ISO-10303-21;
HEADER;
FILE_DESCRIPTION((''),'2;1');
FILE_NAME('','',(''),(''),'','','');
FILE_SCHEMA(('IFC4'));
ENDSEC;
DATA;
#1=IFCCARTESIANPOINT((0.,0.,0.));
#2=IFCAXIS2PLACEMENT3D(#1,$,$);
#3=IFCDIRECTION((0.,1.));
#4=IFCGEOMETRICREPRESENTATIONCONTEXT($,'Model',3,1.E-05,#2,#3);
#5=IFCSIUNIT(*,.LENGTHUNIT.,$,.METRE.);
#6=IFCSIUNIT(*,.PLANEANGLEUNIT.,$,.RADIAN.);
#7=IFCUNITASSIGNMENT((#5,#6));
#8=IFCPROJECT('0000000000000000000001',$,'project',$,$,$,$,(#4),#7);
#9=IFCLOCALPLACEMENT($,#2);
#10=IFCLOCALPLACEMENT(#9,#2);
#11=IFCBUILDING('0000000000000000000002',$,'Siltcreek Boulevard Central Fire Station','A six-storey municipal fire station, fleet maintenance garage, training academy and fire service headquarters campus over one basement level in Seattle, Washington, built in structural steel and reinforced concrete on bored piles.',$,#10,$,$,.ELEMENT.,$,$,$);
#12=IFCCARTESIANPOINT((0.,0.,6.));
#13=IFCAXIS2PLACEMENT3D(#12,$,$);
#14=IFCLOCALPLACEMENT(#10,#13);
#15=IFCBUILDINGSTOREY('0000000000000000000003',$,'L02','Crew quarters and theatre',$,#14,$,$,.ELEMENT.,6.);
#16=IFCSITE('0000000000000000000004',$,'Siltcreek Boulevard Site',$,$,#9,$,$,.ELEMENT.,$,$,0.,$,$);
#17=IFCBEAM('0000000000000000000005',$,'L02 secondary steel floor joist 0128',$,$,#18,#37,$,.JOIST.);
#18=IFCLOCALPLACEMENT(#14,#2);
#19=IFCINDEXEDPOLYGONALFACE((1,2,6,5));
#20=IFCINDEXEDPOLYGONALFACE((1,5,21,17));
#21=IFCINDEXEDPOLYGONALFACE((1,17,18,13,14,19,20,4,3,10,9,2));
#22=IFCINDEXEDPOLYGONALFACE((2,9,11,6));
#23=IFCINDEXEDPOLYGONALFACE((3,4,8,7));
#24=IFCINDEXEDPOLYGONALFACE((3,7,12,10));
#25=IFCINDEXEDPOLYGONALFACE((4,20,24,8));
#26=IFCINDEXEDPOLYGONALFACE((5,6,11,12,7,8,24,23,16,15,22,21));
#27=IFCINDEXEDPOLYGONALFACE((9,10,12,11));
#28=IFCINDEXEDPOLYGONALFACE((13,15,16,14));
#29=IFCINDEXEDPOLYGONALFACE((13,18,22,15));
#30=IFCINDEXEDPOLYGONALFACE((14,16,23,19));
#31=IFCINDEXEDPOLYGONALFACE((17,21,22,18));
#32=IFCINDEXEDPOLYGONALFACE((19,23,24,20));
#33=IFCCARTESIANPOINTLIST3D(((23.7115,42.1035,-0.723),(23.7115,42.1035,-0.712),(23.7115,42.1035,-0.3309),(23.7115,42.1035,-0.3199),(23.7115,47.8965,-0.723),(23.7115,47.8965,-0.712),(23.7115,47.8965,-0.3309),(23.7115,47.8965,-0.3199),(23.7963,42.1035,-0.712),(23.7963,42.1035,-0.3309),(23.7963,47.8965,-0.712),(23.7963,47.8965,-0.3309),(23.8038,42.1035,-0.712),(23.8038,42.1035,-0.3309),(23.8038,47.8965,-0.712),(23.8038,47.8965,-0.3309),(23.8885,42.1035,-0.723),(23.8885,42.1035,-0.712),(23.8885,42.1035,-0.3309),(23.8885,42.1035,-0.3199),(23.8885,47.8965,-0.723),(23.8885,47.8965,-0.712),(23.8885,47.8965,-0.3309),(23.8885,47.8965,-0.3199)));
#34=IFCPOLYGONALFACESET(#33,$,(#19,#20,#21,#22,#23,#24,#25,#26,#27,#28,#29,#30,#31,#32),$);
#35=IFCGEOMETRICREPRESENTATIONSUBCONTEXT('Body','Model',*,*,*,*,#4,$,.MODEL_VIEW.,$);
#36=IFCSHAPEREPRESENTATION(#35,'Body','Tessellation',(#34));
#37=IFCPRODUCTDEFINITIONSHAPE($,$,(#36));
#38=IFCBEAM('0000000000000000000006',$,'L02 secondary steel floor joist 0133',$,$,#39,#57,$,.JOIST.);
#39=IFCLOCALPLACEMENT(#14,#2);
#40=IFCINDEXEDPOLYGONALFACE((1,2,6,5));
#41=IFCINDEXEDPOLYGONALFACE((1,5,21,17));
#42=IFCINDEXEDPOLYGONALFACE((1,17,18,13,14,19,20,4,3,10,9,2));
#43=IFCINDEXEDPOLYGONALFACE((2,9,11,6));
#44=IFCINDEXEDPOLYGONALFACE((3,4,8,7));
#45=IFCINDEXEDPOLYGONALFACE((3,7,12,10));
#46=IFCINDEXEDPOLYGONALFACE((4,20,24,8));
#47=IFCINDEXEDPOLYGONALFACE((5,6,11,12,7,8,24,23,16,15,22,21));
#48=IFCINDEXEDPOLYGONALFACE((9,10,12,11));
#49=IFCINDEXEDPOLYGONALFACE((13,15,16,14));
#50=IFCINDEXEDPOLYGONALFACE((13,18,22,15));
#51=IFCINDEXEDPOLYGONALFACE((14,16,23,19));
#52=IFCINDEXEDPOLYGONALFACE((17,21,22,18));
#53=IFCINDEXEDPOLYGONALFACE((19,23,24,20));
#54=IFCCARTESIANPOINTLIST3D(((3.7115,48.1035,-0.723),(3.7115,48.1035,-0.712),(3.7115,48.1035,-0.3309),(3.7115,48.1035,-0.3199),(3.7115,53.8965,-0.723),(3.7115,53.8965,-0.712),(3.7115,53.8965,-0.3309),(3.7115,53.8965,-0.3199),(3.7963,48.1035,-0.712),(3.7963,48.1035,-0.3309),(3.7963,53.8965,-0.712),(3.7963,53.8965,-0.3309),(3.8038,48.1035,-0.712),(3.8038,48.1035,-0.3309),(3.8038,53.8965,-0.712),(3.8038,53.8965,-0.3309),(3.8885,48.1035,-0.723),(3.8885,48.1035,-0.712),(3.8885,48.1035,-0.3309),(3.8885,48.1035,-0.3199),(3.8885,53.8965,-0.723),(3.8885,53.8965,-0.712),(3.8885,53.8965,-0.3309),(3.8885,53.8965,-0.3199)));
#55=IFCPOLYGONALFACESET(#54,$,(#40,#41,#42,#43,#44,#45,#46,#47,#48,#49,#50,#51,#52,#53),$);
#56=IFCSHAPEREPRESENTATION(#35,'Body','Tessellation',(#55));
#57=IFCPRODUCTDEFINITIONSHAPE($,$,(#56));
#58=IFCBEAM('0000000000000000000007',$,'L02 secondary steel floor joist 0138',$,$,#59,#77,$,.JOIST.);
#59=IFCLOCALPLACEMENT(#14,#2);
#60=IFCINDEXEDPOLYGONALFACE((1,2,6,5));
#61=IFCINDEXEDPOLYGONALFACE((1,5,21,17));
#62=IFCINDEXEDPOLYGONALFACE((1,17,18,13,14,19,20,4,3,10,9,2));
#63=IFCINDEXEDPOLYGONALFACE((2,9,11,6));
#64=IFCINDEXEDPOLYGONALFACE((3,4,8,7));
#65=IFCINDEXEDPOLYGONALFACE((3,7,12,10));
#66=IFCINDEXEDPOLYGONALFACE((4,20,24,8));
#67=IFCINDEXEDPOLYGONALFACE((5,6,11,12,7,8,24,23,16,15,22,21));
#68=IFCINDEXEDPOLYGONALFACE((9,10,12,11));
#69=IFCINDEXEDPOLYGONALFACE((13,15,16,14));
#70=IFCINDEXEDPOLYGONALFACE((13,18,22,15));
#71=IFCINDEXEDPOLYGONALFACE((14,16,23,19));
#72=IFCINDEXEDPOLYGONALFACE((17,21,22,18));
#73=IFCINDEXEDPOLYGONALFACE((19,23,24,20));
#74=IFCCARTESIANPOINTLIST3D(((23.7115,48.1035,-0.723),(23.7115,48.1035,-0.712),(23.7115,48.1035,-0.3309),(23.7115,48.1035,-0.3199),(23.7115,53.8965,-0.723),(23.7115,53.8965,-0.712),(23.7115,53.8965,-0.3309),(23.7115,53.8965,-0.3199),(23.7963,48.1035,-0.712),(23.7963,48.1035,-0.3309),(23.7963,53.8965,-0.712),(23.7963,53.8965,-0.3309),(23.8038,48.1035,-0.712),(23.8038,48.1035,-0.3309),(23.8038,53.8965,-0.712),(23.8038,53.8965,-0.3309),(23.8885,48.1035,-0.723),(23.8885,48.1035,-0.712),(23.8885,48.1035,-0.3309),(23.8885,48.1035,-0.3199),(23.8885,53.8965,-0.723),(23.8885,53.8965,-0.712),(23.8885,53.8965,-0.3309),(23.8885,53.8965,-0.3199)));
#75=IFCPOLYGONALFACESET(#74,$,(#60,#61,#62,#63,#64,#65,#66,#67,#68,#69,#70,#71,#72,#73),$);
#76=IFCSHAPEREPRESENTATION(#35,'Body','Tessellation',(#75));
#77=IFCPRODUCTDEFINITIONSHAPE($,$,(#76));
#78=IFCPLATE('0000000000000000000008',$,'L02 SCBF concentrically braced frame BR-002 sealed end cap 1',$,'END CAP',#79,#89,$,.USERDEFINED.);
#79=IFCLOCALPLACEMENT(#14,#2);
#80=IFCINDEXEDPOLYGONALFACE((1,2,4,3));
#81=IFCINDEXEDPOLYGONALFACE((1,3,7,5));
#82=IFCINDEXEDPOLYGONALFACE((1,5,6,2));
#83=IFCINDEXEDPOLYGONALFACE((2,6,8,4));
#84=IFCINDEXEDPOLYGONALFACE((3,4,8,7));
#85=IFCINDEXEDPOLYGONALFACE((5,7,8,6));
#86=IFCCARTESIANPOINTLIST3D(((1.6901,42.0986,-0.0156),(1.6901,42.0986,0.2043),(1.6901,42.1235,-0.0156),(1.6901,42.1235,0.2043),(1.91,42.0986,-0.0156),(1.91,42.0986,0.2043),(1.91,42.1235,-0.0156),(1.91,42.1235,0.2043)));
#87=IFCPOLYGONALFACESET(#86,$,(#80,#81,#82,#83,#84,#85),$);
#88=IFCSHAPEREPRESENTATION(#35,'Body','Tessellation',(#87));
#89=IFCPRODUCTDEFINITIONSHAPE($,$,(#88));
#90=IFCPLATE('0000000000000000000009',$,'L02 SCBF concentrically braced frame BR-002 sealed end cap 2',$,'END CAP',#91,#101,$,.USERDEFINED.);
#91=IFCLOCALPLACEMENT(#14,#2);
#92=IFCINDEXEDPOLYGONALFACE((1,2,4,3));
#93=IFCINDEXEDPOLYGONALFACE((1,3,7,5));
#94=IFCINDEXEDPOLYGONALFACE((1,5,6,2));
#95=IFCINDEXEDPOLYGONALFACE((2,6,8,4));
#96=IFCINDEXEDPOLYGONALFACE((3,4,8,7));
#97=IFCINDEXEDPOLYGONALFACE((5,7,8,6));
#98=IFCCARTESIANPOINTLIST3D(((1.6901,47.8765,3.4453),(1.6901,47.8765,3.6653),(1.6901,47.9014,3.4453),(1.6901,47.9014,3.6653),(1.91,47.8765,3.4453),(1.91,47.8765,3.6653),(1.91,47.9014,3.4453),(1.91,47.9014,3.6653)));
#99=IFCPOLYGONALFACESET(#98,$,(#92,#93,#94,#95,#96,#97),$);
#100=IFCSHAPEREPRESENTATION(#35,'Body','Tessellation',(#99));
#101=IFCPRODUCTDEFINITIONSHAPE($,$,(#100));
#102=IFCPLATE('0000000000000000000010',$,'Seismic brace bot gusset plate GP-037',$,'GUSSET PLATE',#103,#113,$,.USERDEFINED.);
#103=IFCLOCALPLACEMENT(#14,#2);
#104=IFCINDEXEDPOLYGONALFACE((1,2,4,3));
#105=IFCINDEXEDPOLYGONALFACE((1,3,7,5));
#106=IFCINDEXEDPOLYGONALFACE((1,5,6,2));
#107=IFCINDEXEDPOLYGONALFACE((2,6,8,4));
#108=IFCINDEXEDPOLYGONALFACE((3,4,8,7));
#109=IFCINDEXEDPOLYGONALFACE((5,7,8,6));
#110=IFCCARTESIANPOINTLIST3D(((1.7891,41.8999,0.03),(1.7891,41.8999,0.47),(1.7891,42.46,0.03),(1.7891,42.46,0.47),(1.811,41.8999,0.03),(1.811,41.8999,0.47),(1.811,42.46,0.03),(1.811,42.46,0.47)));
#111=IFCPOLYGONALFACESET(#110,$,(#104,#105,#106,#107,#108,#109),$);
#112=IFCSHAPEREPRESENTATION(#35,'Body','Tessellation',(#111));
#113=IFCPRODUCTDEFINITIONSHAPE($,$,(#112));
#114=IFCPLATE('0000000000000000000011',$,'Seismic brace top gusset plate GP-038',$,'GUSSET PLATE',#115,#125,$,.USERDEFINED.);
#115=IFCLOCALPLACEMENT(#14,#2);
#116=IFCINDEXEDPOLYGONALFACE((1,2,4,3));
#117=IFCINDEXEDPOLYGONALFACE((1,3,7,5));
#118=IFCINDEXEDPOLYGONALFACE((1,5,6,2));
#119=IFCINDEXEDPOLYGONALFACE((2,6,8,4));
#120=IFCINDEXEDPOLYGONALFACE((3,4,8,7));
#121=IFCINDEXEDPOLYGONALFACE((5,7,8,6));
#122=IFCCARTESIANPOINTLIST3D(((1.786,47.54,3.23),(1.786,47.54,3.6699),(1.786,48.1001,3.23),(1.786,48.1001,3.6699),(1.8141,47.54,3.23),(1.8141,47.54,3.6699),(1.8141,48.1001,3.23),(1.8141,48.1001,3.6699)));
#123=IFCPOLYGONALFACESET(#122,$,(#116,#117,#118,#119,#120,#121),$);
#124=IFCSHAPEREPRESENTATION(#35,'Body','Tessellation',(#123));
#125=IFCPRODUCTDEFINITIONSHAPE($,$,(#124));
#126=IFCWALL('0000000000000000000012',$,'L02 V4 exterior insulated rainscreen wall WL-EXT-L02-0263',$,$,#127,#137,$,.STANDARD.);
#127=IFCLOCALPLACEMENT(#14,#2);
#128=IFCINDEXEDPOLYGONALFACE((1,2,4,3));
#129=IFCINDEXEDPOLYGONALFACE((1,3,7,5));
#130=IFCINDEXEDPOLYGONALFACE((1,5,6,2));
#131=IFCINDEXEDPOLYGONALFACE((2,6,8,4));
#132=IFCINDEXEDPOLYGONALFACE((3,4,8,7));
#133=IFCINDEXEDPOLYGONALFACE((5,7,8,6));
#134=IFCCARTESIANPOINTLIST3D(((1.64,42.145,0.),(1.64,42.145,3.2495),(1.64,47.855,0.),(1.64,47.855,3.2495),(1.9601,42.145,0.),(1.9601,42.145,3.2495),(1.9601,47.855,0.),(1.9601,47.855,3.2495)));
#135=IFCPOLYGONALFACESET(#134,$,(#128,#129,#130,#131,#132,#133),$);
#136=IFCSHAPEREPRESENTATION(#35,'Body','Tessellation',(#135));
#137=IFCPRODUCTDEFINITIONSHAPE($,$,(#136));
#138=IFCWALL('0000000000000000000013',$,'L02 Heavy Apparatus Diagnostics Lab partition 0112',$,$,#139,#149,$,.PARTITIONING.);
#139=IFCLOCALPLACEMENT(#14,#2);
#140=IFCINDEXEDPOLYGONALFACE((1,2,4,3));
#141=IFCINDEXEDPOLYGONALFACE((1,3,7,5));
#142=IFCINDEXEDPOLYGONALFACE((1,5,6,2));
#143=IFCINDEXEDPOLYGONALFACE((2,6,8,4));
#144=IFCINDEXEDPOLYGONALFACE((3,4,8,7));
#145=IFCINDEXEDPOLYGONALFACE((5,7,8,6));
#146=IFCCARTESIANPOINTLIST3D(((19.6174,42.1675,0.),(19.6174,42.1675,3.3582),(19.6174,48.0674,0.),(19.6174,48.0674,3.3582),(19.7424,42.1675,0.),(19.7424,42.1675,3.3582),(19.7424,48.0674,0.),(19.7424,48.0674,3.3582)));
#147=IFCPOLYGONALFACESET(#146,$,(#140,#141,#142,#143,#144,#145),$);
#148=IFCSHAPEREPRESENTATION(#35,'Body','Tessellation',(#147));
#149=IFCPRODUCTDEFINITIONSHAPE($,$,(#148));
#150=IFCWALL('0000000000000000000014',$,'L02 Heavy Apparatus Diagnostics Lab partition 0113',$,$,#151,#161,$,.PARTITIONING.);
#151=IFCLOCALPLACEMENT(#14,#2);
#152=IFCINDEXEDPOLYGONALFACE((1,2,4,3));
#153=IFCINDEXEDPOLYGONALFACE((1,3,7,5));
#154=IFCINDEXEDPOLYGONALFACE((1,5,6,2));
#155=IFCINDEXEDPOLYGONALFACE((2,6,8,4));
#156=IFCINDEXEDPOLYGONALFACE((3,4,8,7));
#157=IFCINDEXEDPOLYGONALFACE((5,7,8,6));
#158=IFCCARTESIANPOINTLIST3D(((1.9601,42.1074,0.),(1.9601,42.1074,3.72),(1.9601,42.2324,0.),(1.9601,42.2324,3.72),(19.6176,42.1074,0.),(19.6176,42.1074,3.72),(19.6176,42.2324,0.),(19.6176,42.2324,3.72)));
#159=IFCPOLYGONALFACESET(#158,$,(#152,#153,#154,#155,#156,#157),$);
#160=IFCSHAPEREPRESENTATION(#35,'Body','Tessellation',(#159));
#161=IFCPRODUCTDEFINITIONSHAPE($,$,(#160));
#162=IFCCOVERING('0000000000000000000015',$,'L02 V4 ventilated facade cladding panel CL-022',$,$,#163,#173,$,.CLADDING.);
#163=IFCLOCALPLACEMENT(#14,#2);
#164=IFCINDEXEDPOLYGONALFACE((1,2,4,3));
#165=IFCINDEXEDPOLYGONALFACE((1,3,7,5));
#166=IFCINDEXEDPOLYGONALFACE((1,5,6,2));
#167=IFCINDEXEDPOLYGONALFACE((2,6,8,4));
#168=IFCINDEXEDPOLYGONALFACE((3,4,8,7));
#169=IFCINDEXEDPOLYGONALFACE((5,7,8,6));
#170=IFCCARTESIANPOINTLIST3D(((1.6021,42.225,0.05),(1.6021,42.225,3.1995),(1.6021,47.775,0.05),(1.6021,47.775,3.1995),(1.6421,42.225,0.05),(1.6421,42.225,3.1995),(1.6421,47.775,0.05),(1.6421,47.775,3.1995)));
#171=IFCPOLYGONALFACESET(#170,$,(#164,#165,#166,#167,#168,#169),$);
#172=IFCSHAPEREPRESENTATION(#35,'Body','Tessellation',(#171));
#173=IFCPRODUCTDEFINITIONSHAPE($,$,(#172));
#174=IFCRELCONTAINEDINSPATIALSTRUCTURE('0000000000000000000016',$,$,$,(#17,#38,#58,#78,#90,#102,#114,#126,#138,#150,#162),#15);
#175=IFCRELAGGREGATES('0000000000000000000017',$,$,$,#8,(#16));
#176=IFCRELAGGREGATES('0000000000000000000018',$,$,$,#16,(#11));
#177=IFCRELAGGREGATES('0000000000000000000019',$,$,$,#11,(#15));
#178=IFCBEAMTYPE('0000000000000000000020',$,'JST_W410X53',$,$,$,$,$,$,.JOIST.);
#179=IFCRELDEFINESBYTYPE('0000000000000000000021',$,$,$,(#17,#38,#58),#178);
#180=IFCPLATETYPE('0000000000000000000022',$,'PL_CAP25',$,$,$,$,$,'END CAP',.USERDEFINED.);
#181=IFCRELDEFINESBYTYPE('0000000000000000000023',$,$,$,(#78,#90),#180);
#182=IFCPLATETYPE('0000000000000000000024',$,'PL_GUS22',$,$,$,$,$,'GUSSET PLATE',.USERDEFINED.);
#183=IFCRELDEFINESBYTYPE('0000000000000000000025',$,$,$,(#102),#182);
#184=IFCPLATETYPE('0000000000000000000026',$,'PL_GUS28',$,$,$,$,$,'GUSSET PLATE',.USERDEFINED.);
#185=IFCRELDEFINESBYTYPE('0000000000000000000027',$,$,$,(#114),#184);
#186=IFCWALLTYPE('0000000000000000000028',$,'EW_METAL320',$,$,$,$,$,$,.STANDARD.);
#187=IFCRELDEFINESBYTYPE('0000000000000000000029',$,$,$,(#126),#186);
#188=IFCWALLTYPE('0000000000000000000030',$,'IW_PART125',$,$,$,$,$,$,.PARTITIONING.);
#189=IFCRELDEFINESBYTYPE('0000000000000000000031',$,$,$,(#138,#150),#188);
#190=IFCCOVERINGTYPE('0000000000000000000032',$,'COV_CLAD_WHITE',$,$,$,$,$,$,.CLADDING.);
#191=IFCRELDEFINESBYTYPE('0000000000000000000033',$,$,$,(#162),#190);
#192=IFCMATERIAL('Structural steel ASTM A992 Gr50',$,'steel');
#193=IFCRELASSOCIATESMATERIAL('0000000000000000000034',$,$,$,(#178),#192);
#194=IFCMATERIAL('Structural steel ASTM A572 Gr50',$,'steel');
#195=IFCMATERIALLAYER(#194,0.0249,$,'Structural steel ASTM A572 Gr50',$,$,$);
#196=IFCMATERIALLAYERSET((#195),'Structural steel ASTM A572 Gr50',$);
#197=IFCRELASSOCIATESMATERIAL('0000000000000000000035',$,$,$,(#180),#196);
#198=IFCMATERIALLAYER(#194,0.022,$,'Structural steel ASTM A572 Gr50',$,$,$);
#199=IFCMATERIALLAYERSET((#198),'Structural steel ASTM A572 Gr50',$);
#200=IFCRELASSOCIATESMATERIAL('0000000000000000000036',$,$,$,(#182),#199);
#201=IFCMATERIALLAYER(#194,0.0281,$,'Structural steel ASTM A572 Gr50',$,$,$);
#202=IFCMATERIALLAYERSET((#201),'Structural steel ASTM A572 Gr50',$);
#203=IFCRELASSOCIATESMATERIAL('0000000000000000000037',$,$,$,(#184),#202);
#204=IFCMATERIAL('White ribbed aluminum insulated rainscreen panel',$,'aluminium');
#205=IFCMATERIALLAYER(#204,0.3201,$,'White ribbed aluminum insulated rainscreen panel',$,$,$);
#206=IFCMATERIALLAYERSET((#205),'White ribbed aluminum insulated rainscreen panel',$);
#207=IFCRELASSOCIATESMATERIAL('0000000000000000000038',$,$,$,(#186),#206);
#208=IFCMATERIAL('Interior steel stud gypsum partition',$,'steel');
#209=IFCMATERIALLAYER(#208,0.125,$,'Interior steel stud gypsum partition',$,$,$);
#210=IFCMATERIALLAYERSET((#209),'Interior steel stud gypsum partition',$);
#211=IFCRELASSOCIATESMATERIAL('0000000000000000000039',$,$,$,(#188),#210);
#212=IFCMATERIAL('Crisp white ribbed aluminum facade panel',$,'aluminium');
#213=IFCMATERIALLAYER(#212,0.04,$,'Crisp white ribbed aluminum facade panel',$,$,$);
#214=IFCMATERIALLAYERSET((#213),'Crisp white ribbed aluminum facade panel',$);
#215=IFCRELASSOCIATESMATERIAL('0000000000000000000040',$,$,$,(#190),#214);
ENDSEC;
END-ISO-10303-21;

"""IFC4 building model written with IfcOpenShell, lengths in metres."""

from ifc_helpers import new_model, si_unit, direction, frame, frame_2d, origin, origin_2d, place, context, subcontext, project, spatial, rectangle, i_section, extrude, material, layer, layer_set, material_profile, profile_set, type_object, element, save


model = new_model("IFC4")

# Units and contexts
model_context = context("Model", 3, precision=1e-05, world=origin(), true_north=direction((0.0, 1.0)))
body_context = subcontext(model_context, "Body", "Model", "MODEL_VIEW")
ifc_project = project(units=[si_unit("LENGTHUNIT", "METRE"), si_unit("PLANEANGLEUNIT", "RADIAN")], contexts=[model_context])

# Site, building, storey
site_placement = place(None, origin())
site = spatial("IfcSite", under=ifc_project, at=site_placement, Name="Siltcreek Boulevard Site", CompositionType="ELEMENT", RefElevation=0.0)
building_placement = place(site_placement, origin())
building = spatial("IfcBuilding", under=site, at=building_placement, Name="Siltcreek Boulevard Central Fire Station", Description="A six-storey municipal fire station, fleet maintenance garage, training academy and fire service headquarters campus over one basement level in Seattle, Washington, built in structural steel and reinforced concrete on bored piles.", CompositionType="ELEMENT")
storey_placement = place(building_placement, frame((0.0, 0.0, 6.0)))
storey = spatial("IfcBuildingStorey", under=building, at=storey_placement, Name="L02", Description="Crew quarters and theatre", CompositionType="ELEMENT", Elevation=6.0)

# Shared definitions
ifc_material_1 = material(Name="Structural steel ASTM A992 Gr50", Category="steel")

# Beams
ifc_material_profile_1 = material_profile(ifc_material_1, i_section(OverallWidth=0.177, OverallDepth=0.4031, WebThickness=0.0076, FlangeThickness=0.011, at=origin_2d()), Name="W410X53")
ifc_profile_set_1 = profile_set([ifc_material_profile_1], Name="Structural steel ASTM A992 Gr50")
beam_type_1 = type_object("IfcBeamType", Name="JST_W410X53", PredefinedType="JOIST", material=ifc_profile_set_1)
for number, where, z_axis, x_axis, name in (
    (1, (23.8, 42.1035, -0.5215), (0.0, 1.0, 0.0), (-1.0, 0.0, 0.0), "L02 secondary steel floor joist 0128"),
    (2, (3.8, 48.1035, -0.5215), (0.0, 1.0, 0.0), (-1.0, 0.0, 0.0), "L02 secondary steel floor joist 0133"),
    (3, (23.8, 48.1035, -0.5215), (0.0, 1.0, 0.0), (-1.0, 0.0, 0.0), "L02 secondary steel floor joist 0138"),
):
    element("IfcBeam", number, at=place(storey_placement, frame(where, z_axis=z_axis, x_axis=x_axis)), inside=storey, type_object=beam_type_1, Name=name, PredefinedType="JOIST", context=body_context, shape_type="SweptSolid", body=[
        extrude(i_section(OverallWidth=0.177, OverallDepth=0.4031, WebThickness=0.0076, FlangeThickness=0.011, at=origin_2d()), origin(), (0.0, 0.0, 1.0), 5.793),
    ])

# Plates
ifc_material_2 = material(Name="Structural steel ASTM A572 Gr50", Category="steel")
ifc_layer_1 = layer(ifc_material_2, 0.0249, Name="Structural steel ASTM A572 Gr50")
ifc_layer_set_1 = layer_set([ifc_layer_1], Name="Structural steel ASTM A572 Gr50")
plate_type_1 = type_object("IfcPlateType", Name="PL_CAP25", ElementType="END CAP", PredefinedType="USERDEFINED", material=ifc_layer_set_1)
for number, where, z_axis, x_axis, name in (
    (4, (1.8, 42.1111, -0.0156), (0.0, 0.0, 1.0), (0.0, 1.0, 0.0), "L02 SCBF concentrically braced frame BR-002 sealed end cap 1"),
    (5, (1.8, 47.8889, 3.4453), (0.0, 0.0, 1.0), (0.0, 1.0, 0.0), "L02 SCBF concentrically braced frame BR-002 sealed end cap 2"),
):
    element("IfcPlate", number, at=place(storey_placement, frame(where, z_axis=z_axis, x_axis=x_axis)), inside=storey, type_object=plate_type_1, Name=name, ObjectType="END CAP", PredefinedType="USERDEFINED", context=body_context, shape_type="SweptSolid", body=[
        extrude(rectangle(XDim=0.0249, YDim=0.22, at=origin_2d()), origin(), (0.0, 0.0, 1.0), 0.22),
    ])
ifc_layer_2 = layer(ifc_material_2, 0.022, Name="Structural steel ASTM A572 Gr50")
ifc_layer_set_2 = layer_set([ifc_layer_2], Name="Structural steel ASTM A572 Gr50")
plate_type_2 = type_object("IfcPlateType", Name="PL_GUS22", ElementType="GUSSET PLATE", PredefinedType="USERDEFINED", material=ifc_layer_set_2)
plate_1_placement = place(storey_placement, frame((1.8, 42.1799, 0.03), z_axis=(0.0, 0.0, 1.0), x_axis=(0.0, 1.0, 0.0)))
element("IfcPlate", 6, at=plate_1_placement, inside=storey, type_object=plate_type_2, Name="Seismic brace bot gusset plate GP-037", ObjectType="GUSSET PLATE", PredefinedType="USERDEFINED", context=body_context, shape_type="SweptSolid", body=[
    extrude(rectangle(XDim=0.5601, YDim=0.022, at=origin_2d()), origin(), (0.0, 0.0, 1.0), 0.4399),
])
ifc_layer_3 = layer(ifc_material_2, 0.0281, Name="Structural steel ASTM A572 Gr50")
ifc_layer_set_3 = layer_set([ifc_layer_3], Name="Structural steel ASTM A572 Gr50")
plate_type_3 = type_object("IfcPlateType", Name="PL_GUS28", ElementType="GUSSET PLATE", PredefinedType="USERDEFINED", material=ifc_layer_set_3)
plate_2_placement = place(storey_placement, frame((1.8, 47.8201, 3.23), z_axis=(0.0, 0.0, 1.0), x_axis=(0.0, 1.0, 0.0)))
element("IfcPlate", 7, at=plate_2_placement, inside=storey, type_object=plate_type_3, Name="Seismic brace top gusset plate GP-038", ObjectType="GUSSET PLATE", PredefinedType="USERDEFINED", context=body_context, shape_type="SweptSolid", body=[
    extrude(rectangle(XDim=0.5601, YDim=0.0281, at=origin_2d()), origin(), (0.0, 0.0, 1.0), 0.4399),
])

# Walls
ifc_material_3 = material(Name="White ribbed aluminum insulated rainscreen panel", Category="aluminium")
ifc_layer_4 = layer(ifc_material_3, 0.3201, Name="White ribbed aluminum insulated rainscreen panel")
ifc_layer_set_4 = layer_set([ifc_layer_4], Name="White ribbed aluminum insulated rainscreen panel")
wall_type_1 = type_object("IfcWallType", Name="EW_METAL320", PredefinedType="STANDARD", material=ifc_layer_set_4)
wall_1_placement = place(storey_placement, frame((1.8, 47.855, 0.0), z_axis=(0.0, 0.0, 1.0), x_axis=(0.0, -1.0, 0.0)))
element("IfcWall", 8, at=wall_1_placement, inside=storey, type_object=wall_type_1, Name="L02 V4 exterior insulated rainscreen wall WL-EXT-L02-0263", PredefinedType="STANDARD", context=body_context, shape_type="SweptSolid", body=[
    extrude(rectangle(XDim=5.71, YDim=0.3201, at=frame_2d((2.855, 0.0))), origin(), (0.0, 0.0, 1.0), 3.2495),
])
ifc_material_4 = material(Name="Interior steel stud gypsum partition", Category="steel")
ifc_layer_5 = layer(ifc_material_4, 0.125, Name="Interior steel stud gypsum partition")
ifc_layer_set_5 = layer_set([ifc_layer_5], Name="Interior steel stud gypsum partition")
wall_type_2 = type_object("IfcWallType", Name="IW_PART125", PredefinedType="PARTITIONING", material=ifc_layer_set_5)
wall_2_placement = place(storey_placement, frame((19.6799, 48.0674, 0.0), z_axis=(0.0, 0.0, 1.0), x_axis=(0.0, -1.0, 0.0)))
element("IfcWall", 9, at=wall_2_placement, inside=storey, type_object=wall_type_2, Name="L02 Heavy Apparatus Diagnostics Lab partition 0112", PredefinedType="PARTITIONING", context=body_context, shape_type="SweptSolid", body=[
    extrude(rectangle(XDim=5.8999, YDim=0.125, at=frame_2d((2.95, 0.0))), origin(), (0.0, 0.0, 1.0), 3.3582),
])
wall_3_placement = place(storey_placement, frame((19.6174, 42.1699, 0.0), z_axis=(0.0, 0.0, 1.0), x_axis=(-1.0, 0.0, 0.0)))
element("IfcWall", 10, at=wall_3_placement, inside=storey, type_object=wall_type_2, Name="L02 Heavy Apparatus Diagnostics Lab partition 0113", PredefinedType="PARTITIONING", context=body_context, shape_type="SweptSolid", body=[
    extrude(rectangle(XDim=17.6575, YDim=0.125, at=frame_2d((8.8286, 0.0))), origin(), (0.0, 0.0, 1.0), 3.72),
])

# Covering
ifc_material_5 = material(Name="Crisp white ribbed aluminum facade panel", Category="aluminium")
ifc_layer_6 = layer(ifc_material_5, 0.04, Name="Crisp white ribbed aluminum facade panel")
ifc_layer_set_6 = layer_set([ifc_layer_6], Name="Crisp white ribbed aluminum facade panel")
covering_type = type_object("IfcCoveringType", Name="COV_CLAD_WHITE", PredefinedType="CLADDING", material=ifc_layer_set_6)
covering_placement = place(storey_placement, frame((1.6221, 45.0, 0.05), z_axis=(0.0, 0.0, 1.0), x_axis=(0.0, -1.0, 0.0)))
element("IfcCovering", 11, at=covering_placement, inside=storey, type_object=covering_type, Name="L02 V4 ventilated facade cladding panel CL-022", PredefinedType="CLADDING", context=body_context, shape_type="SweptSolid", body=[
    extrude(rectangle(XDim=5.55, YDim=0.04, at=origin_2d()), origin(), (0.0, 0.0, 1.0), 3.1494),
])

save(model, "model.ifc")
